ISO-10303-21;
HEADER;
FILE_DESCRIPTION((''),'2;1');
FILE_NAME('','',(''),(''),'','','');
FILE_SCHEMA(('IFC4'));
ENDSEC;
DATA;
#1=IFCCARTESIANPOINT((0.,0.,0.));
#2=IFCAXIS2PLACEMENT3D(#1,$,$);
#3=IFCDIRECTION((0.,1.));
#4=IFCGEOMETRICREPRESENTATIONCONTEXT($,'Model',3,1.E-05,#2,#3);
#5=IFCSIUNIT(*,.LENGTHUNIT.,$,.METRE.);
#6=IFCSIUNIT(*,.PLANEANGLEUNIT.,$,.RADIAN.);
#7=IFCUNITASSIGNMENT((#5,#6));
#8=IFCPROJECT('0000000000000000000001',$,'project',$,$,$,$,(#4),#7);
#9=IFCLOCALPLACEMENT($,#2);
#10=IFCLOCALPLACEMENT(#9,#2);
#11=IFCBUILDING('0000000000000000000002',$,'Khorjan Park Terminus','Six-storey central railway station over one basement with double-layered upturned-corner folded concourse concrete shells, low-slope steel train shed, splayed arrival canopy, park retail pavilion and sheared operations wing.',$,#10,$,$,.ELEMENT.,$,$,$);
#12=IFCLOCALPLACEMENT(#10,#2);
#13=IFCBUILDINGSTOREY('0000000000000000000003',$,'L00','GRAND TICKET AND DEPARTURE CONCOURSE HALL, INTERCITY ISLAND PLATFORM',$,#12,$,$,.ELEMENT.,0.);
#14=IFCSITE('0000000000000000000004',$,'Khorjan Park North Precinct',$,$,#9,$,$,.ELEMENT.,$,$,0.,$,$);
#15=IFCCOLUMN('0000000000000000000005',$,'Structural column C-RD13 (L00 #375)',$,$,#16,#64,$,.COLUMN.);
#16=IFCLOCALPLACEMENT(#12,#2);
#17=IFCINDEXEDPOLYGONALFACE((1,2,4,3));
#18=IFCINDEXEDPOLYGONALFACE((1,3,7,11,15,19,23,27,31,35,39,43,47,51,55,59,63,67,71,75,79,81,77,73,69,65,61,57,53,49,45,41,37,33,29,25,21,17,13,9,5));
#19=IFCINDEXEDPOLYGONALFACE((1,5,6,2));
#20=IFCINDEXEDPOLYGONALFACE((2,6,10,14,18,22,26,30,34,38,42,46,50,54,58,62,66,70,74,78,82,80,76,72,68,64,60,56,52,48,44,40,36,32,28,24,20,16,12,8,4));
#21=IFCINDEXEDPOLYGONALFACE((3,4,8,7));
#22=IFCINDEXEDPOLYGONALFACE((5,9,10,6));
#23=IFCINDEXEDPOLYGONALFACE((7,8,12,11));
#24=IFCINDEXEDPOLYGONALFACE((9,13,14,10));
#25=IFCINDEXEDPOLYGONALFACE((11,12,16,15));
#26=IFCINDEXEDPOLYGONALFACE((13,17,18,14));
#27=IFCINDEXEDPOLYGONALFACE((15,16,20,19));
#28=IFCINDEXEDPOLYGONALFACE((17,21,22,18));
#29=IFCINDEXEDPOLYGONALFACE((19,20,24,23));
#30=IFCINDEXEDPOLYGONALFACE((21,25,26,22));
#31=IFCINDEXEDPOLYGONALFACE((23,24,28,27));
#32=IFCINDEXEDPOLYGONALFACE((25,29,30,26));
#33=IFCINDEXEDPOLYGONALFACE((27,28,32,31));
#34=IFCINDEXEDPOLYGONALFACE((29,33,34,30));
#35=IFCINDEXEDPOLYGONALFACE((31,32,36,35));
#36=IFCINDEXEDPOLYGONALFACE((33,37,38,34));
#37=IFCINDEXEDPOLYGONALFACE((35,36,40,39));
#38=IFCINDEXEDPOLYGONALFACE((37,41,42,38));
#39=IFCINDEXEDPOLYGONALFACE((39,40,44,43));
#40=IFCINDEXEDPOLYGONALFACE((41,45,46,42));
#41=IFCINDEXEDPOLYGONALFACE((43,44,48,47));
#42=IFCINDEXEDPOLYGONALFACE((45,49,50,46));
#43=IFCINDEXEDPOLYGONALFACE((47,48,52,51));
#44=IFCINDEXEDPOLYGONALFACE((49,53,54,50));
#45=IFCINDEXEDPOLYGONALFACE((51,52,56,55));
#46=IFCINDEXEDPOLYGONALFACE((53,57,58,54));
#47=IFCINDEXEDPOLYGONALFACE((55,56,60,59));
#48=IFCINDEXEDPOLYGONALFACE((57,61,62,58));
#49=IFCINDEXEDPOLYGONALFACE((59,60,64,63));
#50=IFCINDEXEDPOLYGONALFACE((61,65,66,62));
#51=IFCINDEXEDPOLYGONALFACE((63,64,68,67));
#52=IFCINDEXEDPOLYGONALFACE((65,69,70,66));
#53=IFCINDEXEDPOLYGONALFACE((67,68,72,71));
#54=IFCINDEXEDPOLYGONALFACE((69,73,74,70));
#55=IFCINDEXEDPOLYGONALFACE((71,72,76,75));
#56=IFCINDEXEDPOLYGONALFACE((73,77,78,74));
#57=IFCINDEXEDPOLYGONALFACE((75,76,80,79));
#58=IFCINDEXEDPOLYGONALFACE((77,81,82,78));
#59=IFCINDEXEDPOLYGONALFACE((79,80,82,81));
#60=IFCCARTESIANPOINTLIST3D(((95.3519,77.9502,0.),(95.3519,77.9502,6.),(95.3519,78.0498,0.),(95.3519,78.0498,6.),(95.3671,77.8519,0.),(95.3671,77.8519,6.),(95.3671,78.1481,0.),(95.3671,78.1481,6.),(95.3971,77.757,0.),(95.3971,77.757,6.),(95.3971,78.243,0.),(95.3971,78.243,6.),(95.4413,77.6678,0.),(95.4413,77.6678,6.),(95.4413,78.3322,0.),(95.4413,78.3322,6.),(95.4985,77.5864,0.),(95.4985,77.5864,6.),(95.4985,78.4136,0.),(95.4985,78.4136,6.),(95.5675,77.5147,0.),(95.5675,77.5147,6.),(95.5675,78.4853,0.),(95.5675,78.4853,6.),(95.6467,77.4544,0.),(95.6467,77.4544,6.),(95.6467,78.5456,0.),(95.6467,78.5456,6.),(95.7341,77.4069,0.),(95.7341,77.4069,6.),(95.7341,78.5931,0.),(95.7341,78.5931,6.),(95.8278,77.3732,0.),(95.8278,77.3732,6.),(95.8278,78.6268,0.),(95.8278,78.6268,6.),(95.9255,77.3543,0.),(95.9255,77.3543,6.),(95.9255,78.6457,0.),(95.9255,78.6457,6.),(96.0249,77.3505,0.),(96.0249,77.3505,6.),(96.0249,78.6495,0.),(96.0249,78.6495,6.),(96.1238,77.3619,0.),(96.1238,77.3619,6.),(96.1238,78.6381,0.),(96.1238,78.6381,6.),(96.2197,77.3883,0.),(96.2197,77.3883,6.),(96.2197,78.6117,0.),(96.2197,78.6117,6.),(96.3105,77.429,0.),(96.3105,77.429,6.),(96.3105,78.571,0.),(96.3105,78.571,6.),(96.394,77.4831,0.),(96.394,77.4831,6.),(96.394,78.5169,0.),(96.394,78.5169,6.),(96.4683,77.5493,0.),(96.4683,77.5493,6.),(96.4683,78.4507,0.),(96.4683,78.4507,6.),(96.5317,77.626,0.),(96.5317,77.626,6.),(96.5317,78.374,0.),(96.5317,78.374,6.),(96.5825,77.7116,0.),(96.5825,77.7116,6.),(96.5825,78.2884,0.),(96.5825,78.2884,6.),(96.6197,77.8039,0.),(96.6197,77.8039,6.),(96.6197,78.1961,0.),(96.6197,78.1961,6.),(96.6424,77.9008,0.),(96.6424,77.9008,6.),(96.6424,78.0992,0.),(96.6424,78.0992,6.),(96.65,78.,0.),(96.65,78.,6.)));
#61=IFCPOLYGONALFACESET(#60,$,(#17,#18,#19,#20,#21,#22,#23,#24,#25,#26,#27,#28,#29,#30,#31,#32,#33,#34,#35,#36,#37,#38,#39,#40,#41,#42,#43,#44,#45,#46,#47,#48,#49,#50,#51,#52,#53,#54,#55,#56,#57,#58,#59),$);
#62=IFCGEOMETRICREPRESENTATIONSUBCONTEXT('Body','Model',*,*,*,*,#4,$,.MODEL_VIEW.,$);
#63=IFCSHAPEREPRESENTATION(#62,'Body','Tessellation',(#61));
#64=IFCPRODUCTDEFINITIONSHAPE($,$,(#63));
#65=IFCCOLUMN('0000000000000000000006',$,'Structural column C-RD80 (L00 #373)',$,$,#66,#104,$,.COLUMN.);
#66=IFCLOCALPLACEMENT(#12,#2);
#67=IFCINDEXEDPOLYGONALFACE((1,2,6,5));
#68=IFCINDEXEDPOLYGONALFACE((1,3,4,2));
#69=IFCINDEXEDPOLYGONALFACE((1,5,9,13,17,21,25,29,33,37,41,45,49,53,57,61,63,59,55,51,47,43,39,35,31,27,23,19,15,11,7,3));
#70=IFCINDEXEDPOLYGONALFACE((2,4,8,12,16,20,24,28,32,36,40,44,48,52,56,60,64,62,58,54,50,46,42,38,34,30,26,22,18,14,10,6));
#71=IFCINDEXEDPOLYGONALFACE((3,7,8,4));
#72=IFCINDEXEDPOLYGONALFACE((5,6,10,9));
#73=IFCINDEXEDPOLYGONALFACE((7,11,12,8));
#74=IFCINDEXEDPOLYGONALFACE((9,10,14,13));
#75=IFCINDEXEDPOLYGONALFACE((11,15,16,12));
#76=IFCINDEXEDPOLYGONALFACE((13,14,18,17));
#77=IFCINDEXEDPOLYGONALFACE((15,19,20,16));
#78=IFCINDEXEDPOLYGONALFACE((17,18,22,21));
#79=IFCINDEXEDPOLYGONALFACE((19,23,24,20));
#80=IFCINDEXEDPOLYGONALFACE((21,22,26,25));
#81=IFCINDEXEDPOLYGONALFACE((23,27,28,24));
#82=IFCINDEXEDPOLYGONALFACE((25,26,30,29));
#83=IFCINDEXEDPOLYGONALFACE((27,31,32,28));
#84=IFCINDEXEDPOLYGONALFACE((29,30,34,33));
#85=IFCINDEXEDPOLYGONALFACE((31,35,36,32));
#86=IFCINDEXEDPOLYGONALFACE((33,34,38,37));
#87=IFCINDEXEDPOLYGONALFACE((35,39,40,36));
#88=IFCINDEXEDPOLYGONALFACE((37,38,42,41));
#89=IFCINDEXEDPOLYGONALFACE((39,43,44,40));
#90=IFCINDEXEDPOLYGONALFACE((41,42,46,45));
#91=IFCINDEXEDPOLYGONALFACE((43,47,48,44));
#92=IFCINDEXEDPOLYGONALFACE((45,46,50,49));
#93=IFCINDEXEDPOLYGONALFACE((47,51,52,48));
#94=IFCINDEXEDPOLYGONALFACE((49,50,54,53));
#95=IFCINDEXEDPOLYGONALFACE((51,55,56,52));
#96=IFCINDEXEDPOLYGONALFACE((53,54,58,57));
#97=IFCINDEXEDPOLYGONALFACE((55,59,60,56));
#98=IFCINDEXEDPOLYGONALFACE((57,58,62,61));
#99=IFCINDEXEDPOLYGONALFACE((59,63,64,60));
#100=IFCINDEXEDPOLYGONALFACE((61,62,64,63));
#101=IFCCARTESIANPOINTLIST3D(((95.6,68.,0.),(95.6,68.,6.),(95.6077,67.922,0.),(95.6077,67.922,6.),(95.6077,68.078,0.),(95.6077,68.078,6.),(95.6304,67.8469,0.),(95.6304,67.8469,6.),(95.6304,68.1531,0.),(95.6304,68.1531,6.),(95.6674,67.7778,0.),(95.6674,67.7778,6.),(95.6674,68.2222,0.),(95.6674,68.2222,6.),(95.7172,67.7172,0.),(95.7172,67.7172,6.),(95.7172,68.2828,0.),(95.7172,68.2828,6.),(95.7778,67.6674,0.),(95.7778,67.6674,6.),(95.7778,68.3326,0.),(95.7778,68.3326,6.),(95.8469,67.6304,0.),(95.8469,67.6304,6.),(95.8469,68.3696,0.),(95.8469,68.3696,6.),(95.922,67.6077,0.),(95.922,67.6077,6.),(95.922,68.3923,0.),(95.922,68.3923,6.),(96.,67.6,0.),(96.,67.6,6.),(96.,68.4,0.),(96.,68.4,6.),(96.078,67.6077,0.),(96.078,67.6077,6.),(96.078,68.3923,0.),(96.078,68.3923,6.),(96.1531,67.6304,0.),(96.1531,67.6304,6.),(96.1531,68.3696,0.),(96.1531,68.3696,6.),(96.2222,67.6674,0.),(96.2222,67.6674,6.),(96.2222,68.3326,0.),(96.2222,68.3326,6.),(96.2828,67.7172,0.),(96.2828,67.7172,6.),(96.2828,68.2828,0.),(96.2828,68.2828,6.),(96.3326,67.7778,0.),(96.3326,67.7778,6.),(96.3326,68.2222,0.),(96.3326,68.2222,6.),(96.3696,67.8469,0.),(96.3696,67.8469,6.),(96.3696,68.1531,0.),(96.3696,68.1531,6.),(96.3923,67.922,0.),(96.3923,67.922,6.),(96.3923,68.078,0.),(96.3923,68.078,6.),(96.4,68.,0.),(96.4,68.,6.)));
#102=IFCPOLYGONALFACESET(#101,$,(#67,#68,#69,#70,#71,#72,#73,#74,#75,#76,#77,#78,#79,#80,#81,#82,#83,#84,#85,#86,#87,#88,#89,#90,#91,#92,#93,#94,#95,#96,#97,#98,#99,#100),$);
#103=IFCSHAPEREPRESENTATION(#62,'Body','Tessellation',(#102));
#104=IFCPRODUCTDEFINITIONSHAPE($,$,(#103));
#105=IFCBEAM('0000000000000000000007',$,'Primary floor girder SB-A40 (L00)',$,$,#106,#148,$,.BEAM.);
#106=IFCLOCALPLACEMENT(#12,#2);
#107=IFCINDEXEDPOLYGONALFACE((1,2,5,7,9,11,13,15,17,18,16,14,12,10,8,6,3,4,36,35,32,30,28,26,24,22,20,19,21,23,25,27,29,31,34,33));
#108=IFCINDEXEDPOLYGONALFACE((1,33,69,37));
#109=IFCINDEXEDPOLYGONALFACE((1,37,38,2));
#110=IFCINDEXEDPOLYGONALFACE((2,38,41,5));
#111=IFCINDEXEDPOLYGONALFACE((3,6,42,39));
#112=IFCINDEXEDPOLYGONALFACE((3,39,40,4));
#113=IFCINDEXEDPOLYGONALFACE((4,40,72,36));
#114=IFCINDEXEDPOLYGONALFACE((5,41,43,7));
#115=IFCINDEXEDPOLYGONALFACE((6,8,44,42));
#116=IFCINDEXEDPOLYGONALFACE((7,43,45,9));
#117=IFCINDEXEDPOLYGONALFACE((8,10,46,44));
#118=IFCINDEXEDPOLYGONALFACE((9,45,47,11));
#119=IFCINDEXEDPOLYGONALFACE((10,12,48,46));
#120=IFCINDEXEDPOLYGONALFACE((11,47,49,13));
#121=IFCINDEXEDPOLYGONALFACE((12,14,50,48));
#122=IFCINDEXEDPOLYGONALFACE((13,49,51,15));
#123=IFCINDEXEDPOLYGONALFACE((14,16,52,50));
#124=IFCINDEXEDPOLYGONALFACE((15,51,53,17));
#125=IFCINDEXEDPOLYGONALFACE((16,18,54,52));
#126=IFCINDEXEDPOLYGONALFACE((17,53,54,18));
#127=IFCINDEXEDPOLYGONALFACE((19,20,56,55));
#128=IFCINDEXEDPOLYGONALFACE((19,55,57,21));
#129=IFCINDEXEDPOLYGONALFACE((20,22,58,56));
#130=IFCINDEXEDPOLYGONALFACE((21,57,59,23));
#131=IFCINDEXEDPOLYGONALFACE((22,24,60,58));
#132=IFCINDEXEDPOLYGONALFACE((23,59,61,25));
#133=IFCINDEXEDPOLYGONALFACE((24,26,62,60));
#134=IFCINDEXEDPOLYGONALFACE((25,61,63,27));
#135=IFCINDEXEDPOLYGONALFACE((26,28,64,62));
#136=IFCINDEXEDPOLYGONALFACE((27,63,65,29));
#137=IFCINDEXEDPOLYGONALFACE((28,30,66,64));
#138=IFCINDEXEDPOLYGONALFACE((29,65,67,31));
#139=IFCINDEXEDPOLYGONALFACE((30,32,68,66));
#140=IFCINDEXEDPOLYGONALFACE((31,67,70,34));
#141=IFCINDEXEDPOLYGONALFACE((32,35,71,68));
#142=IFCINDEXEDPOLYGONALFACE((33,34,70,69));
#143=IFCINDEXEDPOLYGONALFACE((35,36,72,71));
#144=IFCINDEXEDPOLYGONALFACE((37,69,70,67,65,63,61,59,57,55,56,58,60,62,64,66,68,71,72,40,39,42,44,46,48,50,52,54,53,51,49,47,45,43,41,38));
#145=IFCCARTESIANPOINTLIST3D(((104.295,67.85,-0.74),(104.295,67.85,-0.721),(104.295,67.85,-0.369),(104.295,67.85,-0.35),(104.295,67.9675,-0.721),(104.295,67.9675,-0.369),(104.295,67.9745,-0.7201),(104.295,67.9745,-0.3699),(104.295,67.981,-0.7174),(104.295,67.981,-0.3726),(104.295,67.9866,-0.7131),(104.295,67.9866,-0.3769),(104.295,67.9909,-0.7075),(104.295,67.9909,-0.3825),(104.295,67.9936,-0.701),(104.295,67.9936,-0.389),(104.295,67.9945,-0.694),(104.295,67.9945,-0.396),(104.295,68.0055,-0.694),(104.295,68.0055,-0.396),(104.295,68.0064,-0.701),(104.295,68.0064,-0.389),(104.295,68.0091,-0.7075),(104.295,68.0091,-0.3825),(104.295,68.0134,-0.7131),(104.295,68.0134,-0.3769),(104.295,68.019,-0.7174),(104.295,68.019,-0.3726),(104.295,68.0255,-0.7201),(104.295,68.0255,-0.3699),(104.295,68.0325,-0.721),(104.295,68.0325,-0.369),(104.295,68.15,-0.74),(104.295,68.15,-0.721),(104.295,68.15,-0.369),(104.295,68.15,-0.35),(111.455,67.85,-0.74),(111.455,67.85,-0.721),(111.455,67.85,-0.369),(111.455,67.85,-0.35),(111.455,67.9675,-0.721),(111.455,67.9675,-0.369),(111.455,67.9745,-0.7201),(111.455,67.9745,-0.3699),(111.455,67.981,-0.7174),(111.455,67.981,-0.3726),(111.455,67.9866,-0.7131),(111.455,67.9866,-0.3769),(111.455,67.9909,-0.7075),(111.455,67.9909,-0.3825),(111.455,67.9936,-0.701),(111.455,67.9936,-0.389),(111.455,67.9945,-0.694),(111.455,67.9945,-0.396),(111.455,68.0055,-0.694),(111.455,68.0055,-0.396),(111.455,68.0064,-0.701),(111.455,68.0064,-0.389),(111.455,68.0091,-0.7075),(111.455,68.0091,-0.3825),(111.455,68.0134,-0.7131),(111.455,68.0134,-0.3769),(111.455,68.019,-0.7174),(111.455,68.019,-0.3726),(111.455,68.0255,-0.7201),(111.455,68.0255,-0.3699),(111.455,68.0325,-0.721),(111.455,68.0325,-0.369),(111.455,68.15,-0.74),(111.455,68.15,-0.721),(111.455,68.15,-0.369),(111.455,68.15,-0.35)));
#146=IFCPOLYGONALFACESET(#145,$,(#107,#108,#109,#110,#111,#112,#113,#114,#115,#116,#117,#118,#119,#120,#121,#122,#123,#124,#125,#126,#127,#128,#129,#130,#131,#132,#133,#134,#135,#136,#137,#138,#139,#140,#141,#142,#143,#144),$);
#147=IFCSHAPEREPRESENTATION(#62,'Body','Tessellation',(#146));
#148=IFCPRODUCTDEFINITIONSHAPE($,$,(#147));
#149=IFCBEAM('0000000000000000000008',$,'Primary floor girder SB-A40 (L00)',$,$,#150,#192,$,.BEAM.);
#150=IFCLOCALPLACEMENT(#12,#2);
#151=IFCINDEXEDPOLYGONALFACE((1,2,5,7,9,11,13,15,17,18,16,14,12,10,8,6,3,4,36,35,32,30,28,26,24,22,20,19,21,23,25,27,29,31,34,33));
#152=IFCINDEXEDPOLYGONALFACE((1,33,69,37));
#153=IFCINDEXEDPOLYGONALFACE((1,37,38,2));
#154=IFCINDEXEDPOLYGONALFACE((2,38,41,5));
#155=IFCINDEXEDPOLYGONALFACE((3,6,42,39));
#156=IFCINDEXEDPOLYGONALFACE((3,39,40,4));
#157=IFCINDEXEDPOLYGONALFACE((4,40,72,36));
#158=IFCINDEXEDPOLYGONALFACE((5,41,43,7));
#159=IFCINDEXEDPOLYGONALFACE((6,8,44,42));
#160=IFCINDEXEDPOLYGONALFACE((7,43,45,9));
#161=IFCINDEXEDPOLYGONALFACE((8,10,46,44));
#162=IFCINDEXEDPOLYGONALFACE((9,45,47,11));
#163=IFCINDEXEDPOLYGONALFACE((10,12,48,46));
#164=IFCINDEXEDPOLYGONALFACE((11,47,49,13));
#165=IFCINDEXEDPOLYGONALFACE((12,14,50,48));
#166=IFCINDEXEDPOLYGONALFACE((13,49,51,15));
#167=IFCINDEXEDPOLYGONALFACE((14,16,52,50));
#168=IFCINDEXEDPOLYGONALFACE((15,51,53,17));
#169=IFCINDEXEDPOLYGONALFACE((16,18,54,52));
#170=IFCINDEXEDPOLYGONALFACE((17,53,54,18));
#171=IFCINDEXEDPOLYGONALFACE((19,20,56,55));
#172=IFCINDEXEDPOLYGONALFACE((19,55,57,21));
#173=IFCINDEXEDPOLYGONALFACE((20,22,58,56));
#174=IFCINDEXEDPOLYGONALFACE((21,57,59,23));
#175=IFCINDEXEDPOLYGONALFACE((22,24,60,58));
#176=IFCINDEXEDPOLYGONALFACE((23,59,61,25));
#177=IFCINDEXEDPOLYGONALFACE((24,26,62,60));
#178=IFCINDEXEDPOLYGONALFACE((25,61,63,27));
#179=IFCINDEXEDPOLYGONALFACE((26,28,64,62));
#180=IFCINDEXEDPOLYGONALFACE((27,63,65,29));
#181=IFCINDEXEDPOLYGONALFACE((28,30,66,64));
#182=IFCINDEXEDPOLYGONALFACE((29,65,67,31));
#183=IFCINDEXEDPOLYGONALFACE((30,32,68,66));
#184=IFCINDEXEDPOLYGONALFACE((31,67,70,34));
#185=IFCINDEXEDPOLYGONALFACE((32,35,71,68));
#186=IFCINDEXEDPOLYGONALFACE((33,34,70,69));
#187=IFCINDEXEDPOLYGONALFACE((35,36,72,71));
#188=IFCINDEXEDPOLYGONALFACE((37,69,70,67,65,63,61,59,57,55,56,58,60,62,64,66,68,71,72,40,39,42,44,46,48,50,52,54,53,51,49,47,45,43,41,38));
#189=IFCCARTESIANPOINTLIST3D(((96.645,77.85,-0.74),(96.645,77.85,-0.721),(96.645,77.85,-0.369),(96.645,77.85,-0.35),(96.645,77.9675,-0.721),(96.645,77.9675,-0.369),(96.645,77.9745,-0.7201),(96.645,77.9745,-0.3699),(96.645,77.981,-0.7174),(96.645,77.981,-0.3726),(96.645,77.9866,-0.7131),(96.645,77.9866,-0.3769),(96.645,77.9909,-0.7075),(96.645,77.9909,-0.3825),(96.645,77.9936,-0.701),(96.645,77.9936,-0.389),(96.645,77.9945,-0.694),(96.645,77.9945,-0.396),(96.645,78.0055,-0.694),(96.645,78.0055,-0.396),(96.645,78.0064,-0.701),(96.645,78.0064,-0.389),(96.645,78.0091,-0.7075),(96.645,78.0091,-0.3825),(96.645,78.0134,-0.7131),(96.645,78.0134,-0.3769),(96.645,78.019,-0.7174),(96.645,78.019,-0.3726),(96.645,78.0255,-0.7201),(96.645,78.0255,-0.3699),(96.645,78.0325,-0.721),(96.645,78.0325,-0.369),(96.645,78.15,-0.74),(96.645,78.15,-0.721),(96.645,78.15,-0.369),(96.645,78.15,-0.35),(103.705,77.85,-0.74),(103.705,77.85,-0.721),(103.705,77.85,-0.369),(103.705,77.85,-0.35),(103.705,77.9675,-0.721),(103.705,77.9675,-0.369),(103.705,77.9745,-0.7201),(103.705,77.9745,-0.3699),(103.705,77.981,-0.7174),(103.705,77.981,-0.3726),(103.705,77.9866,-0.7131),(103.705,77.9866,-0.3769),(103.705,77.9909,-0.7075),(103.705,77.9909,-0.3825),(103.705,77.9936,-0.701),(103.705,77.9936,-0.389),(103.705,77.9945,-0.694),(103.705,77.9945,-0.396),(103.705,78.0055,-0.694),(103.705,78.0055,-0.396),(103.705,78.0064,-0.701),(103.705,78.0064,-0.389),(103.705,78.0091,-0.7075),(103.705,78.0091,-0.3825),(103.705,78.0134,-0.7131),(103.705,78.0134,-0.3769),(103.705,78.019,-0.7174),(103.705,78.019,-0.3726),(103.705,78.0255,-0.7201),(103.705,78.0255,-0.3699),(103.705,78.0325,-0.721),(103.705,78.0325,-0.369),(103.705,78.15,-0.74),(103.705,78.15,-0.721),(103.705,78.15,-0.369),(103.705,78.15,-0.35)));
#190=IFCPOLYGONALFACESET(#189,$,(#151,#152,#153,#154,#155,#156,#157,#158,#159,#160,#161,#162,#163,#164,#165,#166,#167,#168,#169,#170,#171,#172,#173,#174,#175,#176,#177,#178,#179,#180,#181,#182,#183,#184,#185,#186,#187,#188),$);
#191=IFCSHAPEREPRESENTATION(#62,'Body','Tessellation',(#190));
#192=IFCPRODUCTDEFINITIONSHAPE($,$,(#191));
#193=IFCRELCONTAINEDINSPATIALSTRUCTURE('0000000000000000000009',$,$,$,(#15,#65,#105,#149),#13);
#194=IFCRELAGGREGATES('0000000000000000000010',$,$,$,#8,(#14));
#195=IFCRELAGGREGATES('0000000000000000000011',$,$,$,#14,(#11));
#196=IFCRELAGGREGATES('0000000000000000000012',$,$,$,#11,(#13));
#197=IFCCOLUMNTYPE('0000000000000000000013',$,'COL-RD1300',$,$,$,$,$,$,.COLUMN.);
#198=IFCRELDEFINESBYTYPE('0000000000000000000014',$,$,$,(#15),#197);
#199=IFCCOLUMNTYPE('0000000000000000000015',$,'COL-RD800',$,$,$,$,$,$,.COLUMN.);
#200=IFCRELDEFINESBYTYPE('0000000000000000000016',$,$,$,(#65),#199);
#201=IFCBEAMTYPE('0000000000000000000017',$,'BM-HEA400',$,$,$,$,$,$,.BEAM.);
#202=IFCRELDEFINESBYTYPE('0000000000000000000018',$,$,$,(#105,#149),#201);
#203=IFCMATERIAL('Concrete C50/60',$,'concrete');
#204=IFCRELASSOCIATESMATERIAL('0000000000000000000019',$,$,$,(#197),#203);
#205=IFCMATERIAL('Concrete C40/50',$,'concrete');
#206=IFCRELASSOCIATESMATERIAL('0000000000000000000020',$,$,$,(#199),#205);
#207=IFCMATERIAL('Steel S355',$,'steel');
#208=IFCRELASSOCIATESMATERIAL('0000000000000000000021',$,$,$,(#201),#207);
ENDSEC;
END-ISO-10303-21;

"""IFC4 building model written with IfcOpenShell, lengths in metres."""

from ifc_helpers import new_model, si_unit, direction, frame, origin, origin_2d, place, context, subcontext, project, spatial, circle, i_section, extrude, material, material_profile, profile_set, type_object, element, save


model = new_model("IFC4")

# Units and contexts
model_context = context("Model", 3, precision=1e-05, world=origin(), true_north=direction((0.0, 1.0)))
body_context = subcontext(model_context, "Body", "Model", "MODEL_VIEW")
ifc_project = project(units=[si_unit("LENGTHUNIT", "METRE"), si_unit("PLANEANGLEUNIT", "RADIAN")], contexts=[model_context])

# Site, building, storey
site_placement = place(None, origin())
site = spatial("IfcSite", under=ifc_project, at=site_placement, Name="Khorjan Park North Precinct", CompositionType="ELEMENT", RefElevation=0.0)
building_placement = place(site_placement, origin())
building = spatial("IfcBuilding", under=site, at=building_placement, Name="Khorjan Park Terminus", Description="Six-storey central railway station over one basement with double-layered upturned-corner folded concourse concrete shells, low-slope steel train shed, splayed arrival canopy, park retail pavilion and sheared operations wing.", CompositionType="ELEMENT")
storey_placement = place(building_placement, origin())
storey = spatial("IfcBuildingStorey", under=building, at=storey_placement, Name="L00", Description="GRAND TICKET AND DEPARTURE CONCOURSE HALL, INTERCITY ISLAND PLATFORM", CompositionType="ELEMENT", Elevation=0.0)

# Columns
ifc_material_1 = material(Name="Concrete C50/60", Category="concrete")
ifc_material_profile_1 = material_profile(ifc_material_1, circle(Radius=0.65, at=origin_2d()), Name="RC D1300")
ifc_profile_set_1 = profile_set([ifc_material_profile_1], Name="Concrete C50/60")
column_type_1 = type_object("IfcColumnType", Name="COL-RD1300", PredefinedType="COLUMN", material=ifc_profile_set_1)
column_1_placement = place(storey_placement, frame((96.0, 78.0, 0.0), z_axis=(0.0, 0.0, 1.0), x_axis=(1.0, 0.0, 0.0)))
element("IfcColumn", 1, at=column_1_placement, inside=storey, type_object=column_type_1, Name="Structural column C-RD13 (L00 #375)", PredefinedType="COLUMN", context=body_context, shape_type="SweptSolid", body=[
    extrude(circle(Radius=0.65, at=origin_2d()), origin(), (0.0, 0.0, 1.0), 6.0),
])
ifc_material_2 = material(Name="Concrete C40/50", Category="concrete")
ifc_material_profile_2 = material_profile(ifc_material_2, circle(Radius=0.4, at=origin_2d()), Name="RC D800")
ifc_profile_set_2 = profile_set([ifc_material_profile_2], Name="Concrete C40/50")
column_type_2 = type_object("IfcColumnType", Name="COL-RD800", PredefinedType="COLUMN", material=ifc_profile_set_2)
column_2_placement = place(storey_placement, frame((96.0, 68.0, 0.0), z_axis=(0.0, 0.0, 1.0), x_axis=(1.0, 0.0, 0.0)))
element("IfcColumn", 2, at=column_2_placement, inside=storey, type_object=column_type_2, Name="Structural column C-RD80 (L00 #373)", PredefinedType="COLUMN", context=body_context, shape_type="SweptSolid", body=[
    extrude(circle(Radius=0.4, at=origin_2d()), origin(), (0.0, 0.0, 1.0), 6.0),
])

# Beams
ifc_material_3 = material(Name="Steel S355", Category="steel")
ifc_material_profile_3 = material_profile(ifc_material_3, i_section(OverallWidth=0.3, OverallDepth=0.39, WebThickness=0.011, FlangeThickness=0.019, FilletRadius=0.027, at=origin_2d()), Name="HEA 400")
ifc_profile_set_3 = profile_set([ifc_material_profile_3], Name="Steel S355")
beam_type_1 = type_object("IfcBeamType", Name="BM-HEA400", PredefinedType="BEAM", material=ifc_profile_set_3)
beam_1_placement = place(storey_placement, frame((104.295, 68.0, -0.545), z_axis=(1.0, 0.0, 0.0), x_axis=(0.0, 1.0, 0.0)))
element("IfcBeam", 3, at=beam_1_placement, inside=storey, type_object=beam_type_1, Name="Primary floor girder SB-A40 (L00)", PredefinedType="BEAM", context=body_context, shape_type="SweptSolid", body=[
    extrude(i_section(OverallWidth=0.3, OverallDepth=0.39, WebThickness=0.011, FlangeThickness=0.019, FilletRadius=0.027, at=origin_2d()), origin(), (0.0, 0.0, 1.0), 7.16),
])
beam_2_placement = place(storey_placement, frame((96.645, 78.0, -0.545), z_axis=(1.0, 0.0, 0.0), x_axis=(0.0, 1.0, 0.0)))
element("IfcBeam", 4, at=beam_2_placement, inside=storey, type_object=beam_type_1, Name="Primary floor girder SB-A40 (L00)", PredefinedType="BEAM", context=body_context, shape_type="SweptSolid", body=[
    extrude(i_section(OverallWidth=0.3, OverallDepth=0.39, WebThickness=0.011, FlangeThickness=0.019, FilletRadius=0.027, at=origin_2d()), origin(), (0.0, 0.0, 1.0), 7.06),
])

save(model, "model.ifc")
